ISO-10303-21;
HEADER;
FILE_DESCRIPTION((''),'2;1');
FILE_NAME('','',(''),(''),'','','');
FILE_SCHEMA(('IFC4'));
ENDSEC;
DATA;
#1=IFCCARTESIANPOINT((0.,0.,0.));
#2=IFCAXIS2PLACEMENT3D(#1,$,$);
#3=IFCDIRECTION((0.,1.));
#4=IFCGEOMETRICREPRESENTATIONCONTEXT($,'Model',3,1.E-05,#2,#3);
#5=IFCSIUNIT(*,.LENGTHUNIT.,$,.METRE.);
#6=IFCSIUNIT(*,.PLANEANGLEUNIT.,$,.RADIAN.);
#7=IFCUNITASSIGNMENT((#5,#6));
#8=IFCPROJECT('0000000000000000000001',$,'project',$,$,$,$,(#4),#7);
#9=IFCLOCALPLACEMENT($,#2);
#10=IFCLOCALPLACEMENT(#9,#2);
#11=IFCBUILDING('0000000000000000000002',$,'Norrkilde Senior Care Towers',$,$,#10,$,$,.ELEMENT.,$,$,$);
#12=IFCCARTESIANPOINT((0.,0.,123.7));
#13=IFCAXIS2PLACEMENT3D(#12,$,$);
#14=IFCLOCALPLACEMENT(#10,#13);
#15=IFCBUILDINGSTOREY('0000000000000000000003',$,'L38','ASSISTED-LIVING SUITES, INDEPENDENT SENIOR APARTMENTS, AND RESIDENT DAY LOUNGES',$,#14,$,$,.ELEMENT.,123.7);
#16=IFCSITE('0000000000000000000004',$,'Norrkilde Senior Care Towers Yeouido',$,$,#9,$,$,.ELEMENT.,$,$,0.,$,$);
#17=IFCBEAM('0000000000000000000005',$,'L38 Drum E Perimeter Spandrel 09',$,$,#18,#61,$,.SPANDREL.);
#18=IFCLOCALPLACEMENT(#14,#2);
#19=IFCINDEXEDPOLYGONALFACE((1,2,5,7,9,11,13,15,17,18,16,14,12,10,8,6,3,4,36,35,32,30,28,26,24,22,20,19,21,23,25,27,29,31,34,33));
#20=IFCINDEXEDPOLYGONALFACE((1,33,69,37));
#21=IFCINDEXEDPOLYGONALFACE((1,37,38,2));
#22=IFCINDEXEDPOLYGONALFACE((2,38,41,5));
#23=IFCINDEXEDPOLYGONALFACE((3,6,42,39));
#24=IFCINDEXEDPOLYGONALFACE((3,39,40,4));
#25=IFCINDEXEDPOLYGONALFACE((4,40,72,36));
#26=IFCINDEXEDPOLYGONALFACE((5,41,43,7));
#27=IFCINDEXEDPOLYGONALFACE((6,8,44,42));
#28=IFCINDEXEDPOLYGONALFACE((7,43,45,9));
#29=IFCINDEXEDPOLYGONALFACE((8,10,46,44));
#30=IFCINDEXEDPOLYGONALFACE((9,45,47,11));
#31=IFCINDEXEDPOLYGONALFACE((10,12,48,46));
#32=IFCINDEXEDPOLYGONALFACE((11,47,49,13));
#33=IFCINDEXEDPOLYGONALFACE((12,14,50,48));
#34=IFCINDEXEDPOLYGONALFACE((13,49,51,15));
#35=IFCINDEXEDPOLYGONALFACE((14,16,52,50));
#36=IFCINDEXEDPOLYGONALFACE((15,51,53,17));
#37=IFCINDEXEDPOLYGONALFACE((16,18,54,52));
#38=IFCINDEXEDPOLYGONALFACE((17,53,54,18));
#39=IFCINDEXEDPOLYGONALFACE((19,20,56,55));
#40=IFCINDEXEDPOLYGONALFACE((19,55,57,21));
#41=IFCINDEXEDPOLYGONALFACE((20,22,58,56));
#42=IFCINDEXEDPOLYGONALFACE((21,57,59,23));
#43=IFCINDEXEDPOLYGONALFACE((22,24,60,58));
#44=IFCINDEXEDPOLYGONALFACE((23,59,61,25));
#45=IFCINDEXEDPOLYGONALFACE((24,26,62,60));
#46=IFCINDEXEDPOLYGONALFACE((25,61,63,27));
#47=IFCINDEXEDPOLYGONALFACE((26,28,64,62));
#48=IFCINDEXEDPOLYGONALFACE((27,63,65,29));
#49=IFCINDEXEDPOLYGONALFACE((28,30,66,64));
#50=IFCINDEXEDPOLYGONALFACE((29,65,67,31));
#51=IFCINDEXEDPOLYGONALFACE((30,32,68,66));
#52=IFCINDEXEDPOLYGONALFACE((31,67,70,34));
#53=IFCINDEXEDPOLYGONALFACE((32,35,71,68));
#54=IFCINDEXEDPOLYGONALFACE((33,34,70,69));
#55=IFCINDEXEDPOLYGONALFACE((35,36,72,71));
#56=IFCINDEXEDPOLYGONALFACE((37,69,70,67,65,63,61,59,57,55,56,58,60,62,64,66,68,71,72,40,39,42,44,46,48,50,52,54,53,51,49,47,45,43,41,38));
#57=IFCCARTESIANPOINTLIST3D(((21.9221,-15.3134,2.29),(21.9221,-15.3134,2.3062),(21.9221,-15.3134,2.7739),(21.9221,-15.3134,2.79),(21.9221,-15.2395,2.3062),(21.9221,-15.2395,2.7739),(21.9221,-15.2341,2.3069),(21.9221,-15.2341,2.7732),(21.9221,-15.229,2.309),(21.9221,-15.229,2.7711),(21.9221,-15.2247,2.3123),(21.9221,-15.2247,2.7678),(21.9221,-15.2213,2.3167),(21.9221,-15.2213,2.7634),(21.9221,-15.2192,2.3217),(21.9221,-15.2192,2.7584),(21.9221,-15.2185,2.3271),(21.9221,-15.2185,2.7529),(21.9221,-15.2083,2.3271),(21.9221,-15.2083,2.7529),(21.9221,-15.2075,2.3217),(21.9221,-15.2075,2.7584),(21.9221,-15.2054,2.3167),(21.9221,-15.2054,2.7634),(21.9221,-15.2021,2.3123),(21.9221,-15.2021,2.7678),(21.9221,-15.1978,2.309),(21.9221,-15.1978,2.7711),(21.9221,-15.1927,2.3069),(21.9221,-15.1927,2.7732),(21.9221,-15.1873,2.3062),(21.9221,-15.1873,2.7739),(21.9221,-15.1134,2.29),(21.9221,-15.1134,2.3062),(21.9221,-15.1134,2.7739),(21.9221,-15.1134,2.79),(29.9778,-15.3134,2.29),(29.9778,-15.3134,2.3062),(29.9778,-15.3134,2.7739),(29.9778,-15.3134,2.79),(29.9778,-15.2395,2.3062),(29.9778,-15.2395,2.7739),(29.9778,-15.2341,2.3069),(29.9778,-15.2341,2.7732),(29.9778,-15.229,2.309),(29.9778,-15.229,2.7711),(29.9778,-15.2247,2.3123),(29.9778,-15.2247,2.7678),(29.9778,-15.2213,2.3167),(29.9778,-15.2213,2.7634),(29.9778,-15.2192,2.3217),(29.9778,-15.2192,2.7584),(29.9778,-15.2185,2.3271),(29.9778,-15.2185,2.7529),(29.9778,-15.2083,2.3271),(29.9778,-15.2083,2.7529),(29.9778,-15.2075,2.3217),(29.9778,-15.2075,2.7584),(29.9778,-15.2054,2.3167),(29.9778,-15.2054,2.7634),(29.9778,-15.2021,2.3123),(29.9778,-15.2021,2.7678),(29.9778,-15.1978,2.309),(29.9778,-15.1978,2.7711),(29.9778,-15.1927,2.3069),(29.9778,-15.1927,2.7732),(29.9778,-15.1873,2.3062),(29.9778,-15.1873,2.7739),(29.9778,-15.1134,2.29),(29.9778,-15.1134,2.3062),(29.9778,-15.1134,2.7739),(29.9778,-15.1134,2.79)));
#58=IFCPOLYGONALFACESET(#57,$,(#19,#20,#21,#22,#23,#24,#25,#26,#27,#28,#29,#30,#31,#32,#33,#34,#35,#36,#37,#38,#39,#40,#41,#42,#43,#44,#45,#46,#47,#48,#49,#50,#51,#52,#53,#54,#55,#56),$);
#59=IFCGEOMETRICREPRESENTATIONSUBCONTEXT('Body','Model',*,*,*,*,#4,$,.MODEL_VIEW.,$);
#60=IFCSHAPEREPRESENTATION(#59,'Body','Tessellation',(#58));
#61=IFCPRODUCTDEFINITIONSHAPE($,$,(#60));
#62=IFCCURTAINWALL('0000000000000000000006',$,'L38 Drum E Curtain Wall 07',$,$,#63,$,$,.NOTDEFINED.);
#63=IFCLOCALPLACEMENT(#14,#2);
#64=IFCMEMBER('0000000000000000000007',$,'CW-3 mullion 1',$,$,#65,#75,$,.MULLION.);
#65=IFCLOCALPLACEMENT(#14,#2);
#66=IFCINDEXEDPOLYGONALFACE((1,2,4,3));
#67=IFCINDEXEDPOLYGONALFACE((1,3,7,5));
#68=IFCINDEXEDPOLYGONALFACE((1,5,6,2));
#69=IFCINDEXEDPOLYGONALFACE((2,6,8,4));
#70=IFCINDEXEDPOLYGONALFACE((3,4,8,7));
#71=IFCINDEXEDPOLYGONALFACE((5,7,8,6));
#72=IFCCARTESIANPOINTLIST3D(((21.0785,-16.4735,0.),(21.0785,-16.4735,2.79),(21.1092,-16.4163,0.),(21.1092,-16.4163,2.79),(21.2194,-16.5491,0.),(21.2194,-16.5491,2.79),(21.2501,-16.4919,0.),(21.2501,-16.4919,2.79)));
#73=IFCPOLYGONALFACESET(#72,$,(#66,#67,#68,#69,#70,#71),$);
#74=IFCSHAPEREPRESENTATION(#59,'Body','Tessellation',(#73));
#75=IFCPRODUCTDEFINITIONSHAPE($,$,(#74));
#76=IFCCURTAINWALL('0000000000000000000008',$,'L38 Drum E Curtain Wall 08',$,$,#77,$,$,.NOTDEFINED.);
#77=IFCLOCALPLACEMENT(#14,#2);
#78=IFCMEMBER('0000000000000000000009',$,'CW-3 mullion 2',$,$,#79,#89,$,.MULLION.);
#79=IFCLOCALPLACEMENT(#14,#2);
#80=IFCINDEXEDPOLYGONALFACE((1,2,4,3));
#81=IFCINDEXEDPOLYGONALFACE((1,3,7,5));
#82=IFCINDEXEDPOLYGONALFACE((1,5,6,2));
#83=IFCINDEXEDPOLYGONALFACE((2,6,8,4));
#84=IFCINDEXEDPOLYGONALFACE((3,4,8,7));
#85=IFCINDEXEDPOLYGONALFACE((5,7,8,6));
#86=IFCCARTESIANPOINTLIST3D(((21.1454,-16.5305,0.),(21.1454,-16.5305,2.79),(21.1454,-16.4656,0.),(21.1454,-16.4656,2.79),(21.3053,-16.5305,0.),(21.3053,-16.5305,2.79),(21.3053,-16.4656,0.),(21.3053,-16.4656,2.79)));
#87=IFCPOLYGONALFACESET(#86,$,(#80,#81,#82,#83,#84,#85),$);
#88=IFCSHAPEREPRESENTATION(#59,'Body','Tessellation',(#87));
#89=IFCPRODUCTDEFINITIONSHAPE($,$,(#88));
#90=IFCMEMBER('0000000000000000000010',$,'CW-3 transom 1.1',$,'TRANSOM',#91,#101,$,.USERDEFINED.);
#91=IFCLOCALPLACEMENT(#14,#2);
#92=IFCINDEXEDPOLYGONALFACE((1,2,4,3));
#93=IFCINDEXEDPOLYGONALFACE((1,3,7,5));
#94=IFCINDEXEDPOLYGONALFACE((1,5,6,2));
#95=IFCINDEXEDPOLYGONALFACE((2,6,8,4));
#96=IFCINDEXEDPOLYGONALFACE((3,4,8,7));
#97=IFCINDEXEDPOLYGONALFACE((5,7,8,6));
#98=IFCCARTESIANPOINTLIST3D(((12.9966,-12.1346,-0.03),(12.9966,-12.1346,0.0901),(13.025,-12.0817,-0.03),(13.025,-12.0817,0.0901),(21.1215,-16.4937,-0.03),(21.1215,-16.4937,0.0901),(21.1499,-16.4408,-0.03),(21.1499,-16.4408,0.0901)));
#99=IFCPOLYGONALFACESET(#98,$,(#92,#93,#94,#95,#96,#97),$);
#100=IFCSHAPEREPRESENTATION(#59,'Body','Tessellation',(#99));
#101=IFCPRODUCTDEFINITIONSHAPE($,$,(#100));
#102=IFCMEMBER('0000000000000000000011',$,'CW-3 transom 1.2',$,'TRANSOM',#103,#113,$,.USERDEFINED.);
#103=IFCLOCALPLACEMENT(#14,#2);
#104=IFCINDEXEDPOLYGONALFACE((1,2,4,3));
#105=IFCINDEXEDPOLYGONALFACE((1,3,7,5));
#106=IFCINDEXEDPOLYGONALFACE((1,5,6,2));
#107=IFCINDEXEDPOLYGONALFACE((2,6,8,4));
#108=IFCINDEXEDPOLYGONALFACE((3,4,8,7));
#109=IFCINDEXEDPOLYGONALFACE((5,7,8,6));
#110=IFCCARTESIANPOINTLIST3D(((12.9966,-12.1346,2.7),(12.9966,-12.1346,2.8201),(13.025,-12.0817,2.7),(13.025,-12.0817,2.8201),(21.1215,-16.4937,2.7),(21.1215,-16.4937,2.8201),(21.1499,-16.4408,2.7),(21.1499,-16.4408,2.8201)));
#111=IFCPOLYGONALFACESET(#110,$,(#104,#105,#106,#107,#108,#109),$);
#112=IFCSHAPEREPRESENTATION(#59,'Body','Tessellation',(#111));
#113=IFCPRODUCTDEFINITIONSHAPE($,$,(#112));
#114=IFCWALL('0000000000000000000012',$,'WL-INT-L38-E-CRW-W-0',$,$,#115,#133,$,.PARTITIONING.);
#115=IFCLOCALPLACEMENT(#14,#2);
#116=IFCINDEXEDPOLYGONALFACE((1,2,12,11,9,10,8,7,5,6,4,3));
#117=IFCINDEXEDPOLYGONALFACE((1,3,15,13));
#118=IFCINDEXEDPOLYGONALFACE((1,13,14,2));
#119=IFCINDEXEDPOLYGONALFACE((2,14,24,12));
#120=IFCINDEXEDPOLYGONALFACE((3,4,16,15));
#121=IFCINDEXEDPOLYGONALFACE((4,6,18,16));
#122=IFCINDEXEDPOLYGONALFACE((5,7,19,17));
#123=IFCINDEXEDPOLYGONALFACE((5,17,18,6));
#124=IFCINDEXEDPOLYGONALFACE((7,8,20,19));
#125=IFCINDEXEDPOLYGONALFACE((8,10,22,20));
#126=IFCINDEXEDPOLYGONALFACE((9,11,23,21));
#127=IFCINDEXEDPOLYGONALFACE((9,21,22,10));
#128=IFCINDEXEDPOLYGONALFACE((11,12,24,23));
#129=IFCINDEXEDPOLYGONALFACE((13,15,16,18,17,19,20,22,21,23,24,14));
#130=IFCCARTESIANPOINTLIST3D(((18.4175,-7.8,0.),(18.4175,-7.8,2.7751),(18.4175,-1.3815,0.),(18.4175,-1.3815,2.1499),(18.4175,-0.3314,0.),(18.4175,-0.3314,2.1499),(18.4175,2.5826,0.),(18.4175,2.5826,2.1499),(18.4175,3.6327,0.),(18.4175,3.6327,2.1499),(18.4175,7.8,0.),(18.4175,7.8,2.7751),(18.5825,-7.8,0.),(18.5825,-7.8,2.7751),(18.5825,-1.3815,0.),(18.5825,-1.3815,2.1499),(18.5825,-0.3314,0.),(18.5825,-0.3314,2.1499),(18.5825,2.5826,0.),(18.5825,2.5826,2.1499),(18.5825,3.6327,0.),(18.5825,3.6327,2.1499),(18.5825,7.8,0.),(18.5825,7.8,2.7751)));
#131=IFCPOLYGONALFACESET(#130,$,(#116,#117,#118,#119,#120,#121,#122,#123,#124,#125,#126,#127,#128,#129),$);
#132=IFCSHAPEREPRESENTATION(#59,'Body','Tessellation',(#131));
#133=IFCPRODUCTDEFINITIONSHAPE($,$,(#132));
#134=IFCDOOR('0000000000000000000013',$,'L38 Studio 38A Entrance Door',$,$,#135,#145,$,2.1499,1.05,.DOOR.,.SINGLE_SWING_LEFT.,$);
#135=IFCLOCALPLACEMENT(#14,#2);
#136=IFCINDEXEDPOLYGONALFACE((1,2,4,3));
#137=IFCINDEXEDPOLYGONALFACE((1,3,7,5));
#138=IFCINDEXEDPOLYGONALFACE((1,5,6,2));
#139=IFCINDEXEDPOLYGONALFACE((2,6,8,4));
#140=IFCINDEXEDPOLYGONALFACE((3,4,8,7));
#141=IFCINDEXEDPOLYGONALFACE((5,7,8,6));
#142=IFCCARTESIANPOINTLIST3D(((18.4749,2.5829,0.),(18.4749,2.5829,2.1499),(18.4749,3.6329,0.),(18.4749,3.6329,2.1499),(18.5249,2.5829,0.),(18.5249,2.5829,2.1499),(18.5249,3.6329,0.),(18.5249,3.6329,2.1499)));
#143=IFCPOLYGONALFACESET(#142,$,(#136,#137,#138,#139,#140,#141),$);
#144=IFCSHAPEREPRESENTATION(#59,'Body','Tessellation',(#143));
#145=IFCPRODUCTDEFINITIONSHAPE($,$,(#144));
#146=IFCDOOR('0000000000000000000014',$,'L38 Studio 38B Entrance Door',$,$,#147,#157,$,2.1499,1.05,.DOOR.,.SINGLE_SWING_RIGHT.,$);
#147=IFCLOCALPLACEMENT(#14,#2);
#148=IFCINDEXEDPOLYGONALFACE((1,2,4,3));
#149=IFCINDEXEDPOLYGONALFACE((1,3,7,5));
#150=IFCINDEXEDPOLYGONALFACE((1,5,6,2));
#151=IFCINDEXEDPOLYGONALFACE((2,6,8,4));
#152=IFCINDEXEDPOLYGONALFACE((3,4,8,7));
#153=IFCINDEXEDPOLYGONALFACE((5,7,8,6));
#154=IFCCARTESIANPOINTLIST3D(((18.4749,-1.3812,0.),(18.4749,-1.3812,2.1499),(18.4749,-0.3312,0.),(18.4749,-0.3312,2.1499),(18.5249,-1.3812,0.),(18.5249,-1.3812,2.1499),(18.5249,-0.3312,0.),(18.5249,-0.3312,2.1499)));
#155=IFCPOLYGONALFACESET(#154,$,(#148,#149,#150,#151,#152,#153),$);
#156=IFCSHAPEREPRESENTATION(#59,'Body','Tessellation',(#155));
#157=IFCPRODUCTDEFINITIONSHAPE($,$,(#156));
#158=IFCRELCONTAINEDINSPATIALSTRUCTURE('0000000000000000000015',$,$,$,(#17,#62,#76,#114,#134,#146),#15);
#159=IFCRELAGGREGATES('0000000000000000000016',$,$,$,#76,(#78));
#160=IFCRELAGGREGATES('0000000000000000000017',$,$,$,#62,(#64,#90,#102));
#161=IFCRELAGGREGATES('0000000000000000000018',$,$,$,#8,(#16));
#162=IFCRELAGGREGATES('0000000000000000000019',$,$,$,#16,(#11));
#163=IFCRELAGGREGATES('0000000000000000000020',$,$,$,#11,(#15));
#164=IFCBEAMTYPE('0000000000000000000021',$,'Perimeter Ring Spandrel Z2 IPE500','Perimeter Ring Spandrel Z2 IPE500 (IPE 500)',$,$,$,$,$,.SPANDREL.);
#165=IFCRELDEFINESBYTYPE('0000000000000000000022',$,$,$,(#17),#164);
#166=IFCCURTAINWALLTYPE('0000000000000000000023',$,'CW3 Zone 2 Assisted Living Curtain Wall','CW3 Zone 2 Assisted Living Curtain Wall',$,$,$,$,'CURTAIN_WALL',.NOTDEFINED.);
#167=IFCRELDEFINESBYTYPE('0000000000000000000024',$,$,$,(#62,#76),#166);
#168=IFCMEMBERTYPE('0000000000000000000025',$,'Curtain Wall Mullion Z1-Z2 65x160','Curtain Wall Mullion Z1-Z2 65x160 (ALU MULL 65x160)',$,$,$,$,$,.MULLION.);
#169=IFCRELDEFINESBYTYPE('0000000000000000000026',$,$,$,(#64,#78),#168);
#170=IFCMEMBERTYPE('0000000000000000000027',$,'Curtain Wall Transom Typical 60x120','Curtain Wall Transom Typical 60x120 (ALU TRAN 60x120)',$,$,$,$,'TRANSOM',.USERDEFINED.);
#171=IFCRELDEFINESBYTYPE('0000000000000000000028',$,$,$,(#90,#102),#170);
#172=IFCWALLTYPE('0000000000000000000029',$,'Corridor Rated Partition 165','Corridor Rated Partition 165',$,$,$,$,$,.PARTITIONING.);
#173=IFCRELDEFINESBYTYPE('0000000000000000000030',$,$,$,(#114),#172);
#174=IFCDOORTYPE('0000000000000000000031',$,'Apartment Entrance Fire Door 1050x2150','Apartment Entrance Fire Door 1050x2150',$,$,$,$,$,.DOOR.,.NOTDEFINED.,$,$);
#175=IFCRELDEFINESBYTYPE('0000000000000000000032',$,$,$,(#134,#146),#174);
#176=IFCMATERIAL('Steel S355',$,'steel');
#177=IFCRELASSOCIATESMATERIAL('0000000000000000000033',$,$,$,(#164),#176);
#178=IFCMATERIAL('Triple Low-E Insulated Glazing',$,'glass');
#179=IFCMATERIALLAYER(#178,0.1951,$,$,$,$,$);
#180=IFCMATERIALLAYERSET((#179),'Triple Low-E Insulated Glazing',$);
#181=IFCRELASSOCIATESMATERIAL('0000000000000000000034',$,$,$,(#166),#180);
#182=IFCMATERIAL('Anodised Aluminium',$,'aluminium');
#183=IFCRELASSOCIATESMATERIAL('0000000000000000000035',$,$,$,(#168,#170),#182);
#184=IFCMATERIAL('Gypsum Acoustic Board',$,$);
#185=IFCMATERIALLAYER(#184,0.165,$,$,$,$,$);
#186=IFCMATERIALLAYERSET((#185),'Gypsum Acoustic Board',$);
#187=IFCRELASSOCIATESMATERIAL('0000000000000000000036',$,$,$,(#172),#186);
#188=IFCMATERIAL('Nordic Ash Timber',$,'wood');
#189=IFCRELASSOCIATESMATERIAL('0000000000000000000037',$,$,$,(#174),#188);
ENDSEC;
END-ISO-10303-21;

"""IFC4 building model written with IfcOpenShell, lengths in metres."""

from ifc_helpers import new_model, si_unit, direction, frame, frame_2d, origin, origin_2d, place, context, subcontext, project, spatial, rectangle, i_section, extrude, source, transform, mapped, material, layer, layer_set, material_profile, profile_set, type_object, type_shapes, element, fill, aggregate, save


model = new_model("IFC4")

# Units and contexts
model_context = context("Model", 3, precision=1e-05, world=origin(), true_north=direction((0.0, 1.0)))
body_context = subcontext(model_context, "Body", "Model", "MODEL_VIEW")
ifc_project = project(units=[si_unit("LENGTHUNIT", "METRE"), si_unit("PLANEANGLEUNIT", "RADIAN")], contexts=[model_context])

# Site, building, storey
site_placement = place(None, origin())
site = spatial("IfcSite", under=ifc_project, at=site_placement, Name="Norrkilde Senior Care Towers Yeouido", CompositionType="ELEMENT", RefElevation=0.0)
building_placement = place(site_placement, origin())
building = spatial("IfcBuilding", under=site, at=building_placement, Name="Norrkilde Senior Care Towers", CompositionType="ELEMENT")
storey_placement = place(building_placement, frame((0.0, 0.0, 123.7)))
storey = spatial("IfcBuildingStorey", under=building, at=storey_placement, Name="L38", Description="ASSISTED-LIVING SUITES, INDEPENDENT SENIOR APARTMENTS, AND RESIDENT DAY LOUNGES", CompositionType="ELEMENT", Elevation=123.7)

# Beam
ifc_material_1 = material(Name="Steel S355", Category="steel")
ifc_material_profile_1 = material_profile(ifc_material_1, i_section(OverallWidth=0.2, OverallDepth=0.5, WebThickness=0.0103, FlangeThickness=0.0161, FilletRadius=0.021, at=origin_2d()), Name="IPE 500")
ifc_profile_set_1 = profile_set([ifc_material_profile_1], Name="Steel S355")
beam_type_1 = type_object("IfcBeamType", Name="Perimeter Ring Spandrel Z2 IPE500", Description="Perimeter Ring Spandrel Z2 IPE500 (IPE 500)", PredefinedType="SPANDREL", material=ifc_profile_set_1)
shared_shape_1 = source(origin(), body_context, "Body", "SweptSolid", [
    extrude(i_section(OverallWidth=0.2, OverallDepth=0.5, WebThickness=0.0103, FlangeThickness=0.0161, FilletRadius=0.021, at=origin_2d()), origin(), (0.0, 0.0, 1.0), 8.0557),
])
type_shapes(beam_type_1, [shared_shape_1])
beam_1_placement = place(storey_placement, frame((21.9221, -15.2134, 2.54), z_axis=(1.0, 0.0, 0.0), x_axis=(0.0, 1.0, 0.0)))
element("IfcBeam", 1, at=beam_1_placement, inside=storey, type_object=beam_type_1, Name="L38 Drum E Perimeter Spandrel 09", PredefinedType="SPANDREL", context=body_context, shape_type="MappedRepresentation", body=[
    mapped(shared_shape_1, transform((0.0, 0.0, 0.0), x_axis=(1.0, 0.0, 0.0), y_axis=(0.0, 1.0, 0.0), z_axis=(0.0, 0.0, 1.0), scale=1.0)),
])

# Curtain walls, members
ifc_material_2 = material(Name="Triple Low-E Insulated Glazing", Category="glass")
ifc_layer_1 = layer(ifc_material_2, 0.1951)
ifc_layer_set_1 = layer_set([ifc_layer_1], Name="Triple Low-E Insulated Glazing")
curtain_wall_type = type_object("IfcCurtainWallType", Name="CW3 Zone 2 Assisted Living Curtain Wall", Description="CW3 Zone 2 Assisted Living Curtain Wall", ElementType="CURTAIN_WALL", PredefinedType="NOTDEFINED", material=ifc_layer_set_1)
curtain_wall_1_placement = place(storey_placement, origin())
curtain_wall_1 = element("IfcCurtainWall", 2, at=curtain_wall_1_placement, inside=storey, type_object=curtain_wall_type, Name="L38 Drum E Curtain Wall 07", PredefinedType="NOTDEFINED")
ifc_material_3 = material(Name="Anodised Aluminium", Category="aluminium")
ifc_material_profile_2 = material_profile(ifc_material_3, rectangle(XDim=0.0649, YDim=0.1599, at=origin_2d()), Name="ALU MULL 65x160")
ifc_profile_set_2 = profile_set([ifc_material_profile_2], Name="Anodised Aluminium")
member_type_1 = type_object("IfcMemberType", Name="Curtain Wall Mullion Z1-Z2 65x160", Description="Curtain Wall Mullion Z1-Z2 65x160 (ALU MULL 65x160)", PredefinedType="MULLION", material=ifc_profile_set_2)
shared_shape_2 = source(origin(), body_context, "Body", "SweptSolid", [
    extrude(rectangle(XDim=0.0649, YDim=0.1599, at=origin_2d()), origin(), (0.0, 0.0, 1.0), 2.79),
])
type_shapes(member_type_1, [shared_shape_2])
member_1_placement = place(storey_placement, frame((21.1643, -16.4827, 0.0), z_axis=(0.0, 0.0, 1.0), x_axis=(-0.472769, -0.881186, 0.0)))
member_1 = element("IfcMember", 3, at=member_1_placement, type_object=member_type_1, Name="CW-3 mullion 1", PredefinedType="MULLION", context=body_context, shape_type="MappedRepresentation", body=[
    mapped(shared_shape_2, transform((0.0, 0.0, 0.0), x_axis=(1.0, 0.0, 0.0), y_axis=(0.0, 1.0, 0.0), z_axis=(0.0, 0.0, 1.0), scale=1.0)),
])
curtain_wall_2_placement = place(storey_placement, origin())
curtain_wall_2 = element("IfcCurtainWall", 4, at=curtain_wall_2_placement, inside=storey, type_object=curtain_wall_type, Name="L38 Drum E Curtain Wall 08", PredefinedType="NOTDEFINED")
member_2_placement = place(storey_placement, frame((21.2253, -16.498, 0.0), z_axis=(0.0, 0.0, 1.0), x_axis=(0.0, -1.0, 0.0)))
member_2 = element("IfcMember", 5, at=member_2_placement, type_object=member_type_1, Name="CW-3 mullion 2", PredefinedType="MULLION", context=body_context, shape_type="MappedRepresentation", body=[
    mapped(shared_shape_2, transform((0.0, 0.0, 0.0), x_axis=(1.0, 0.0, 0.0), y_axis=(0.0, 1.0, 0.0), z_axis=(0.0, 0.0, 1.0), scale=1.0)),
])
aggregate(curtain_wall_2, [member_2])

# Members
ifc_material_profile_3 = material_profile(ifc_material_3, rectangle(XDim=0.0601, YDim=0.1201, at=origin_2d()), Name="ALU TRAN 60x120")
ifc_profile_set_3 = profile_set([ifc_material_profile_3], Name="Anodised Aluminium")
member_type_2 = type_object("IfcMemberType", Name="Curtain Wall Transom Typical 60x120", Description="Curtain Wall Transom Typical 60x120 (ALU TRAN 60x120)", ElementType="TRANSOM", PredefinedType="USERDEFINED", material=ifc_profile_set_3)
shared_shape_3 = source(origin(), body_context, "Body", "SweptSolid", [
    extrude(rectangle(XDim=0.0601, YDim=0.1201, at=origin_2d()), origin(), (0.0, 0.0, 1.0), 9.2205),
])
type_shapes(member_type_2, [shared_shape_3])
member_3_placement = place(storey_placement, frame((21.1357, -16.4673, 0.03), z_axis=(-0.881189, 0.472765, 0.0), x_axis=(-0.472765, -0.881189, 0.0)))
member_3 = element("IfcMember", 6, at=member_3_placement, type_object=member_type_2, Name="CW-3 transom 1.1", ObjectType="TRANSOM", PredefinedType="USERDEFINED", context=body_context, shape_type="MappedRepresentation", body=[
    mapped(shared_shape_3, transform((0.0, 0.0, 0.0), x_axis=(1.0, 0.0, 0.0), y_axis=(0.0, 1.0, 0.0), z_axis=(0.0, 0.0, 1.0), scale=1.0)),
])
member_4_placement = place(storey_placement, frame((21.1357, -16.4673, 2.76), z_axis=(-0.881189, 0.472765, 0.0), x_axis=(-0.472765, -0.881189, 0.0)))
member_4 = element("IfcMember", 7, at=member_4_placement, type_object=member_type_2, Name="CW-3 transom 1.2", ObjectType="TRANSOM", PredefinedType="USERDEFINED", context=body_context, shape_type="MappedRepresentation", body=[
    mapped(shared_shape_3, transform((0.0, 0.0, 0.0), x_axis=(1.0, 0.0, 0.0), y_axis=(0.0, 1.0, 0.0), z_axis=(0.0, 0.0, 1.0), scale=1.0)),
])
aggregate(curtain_wall_1, [member_1, member_3, member_4])

# Wall, openings, doors
ifc_material_4 = material(Name="Gypsum Acoustic Board")
ifc_layer_2 = layer(ifc_material_4, 0.165)
ifc_layer_set_2 = layer_set([ifc_layer_2], Name="Gypsum Acoustic Board")
wall_type_1 = type_object("IfcWallType", Name="Corridor Rated Partition 165", Description="Corridor Rated Partition 165", PredefinedType="PARTITIONING", material=ifc_layer_set_2)
shared_shape_4 = source(origin(), body_context, "Body", "SweptSolid", [
    extrude(rectangle(XDim=15.6001, YDim=0.165, at=frame_2d((7.8, 0.0))), origin(), (0.0, 0.0, 1.0), 2.7751),
])
wall_1_placement = place(storey_placement, frame((18.5, -7.8, 0.0), z_axis=(0.0, 0.0, 1.0), x_axis=(0.0, 1.0, 0.0)))
wall_1 = element("IfcWall", 8, at=wall_1_placement, inside=storey, type_object=wall_type_1, Name="WL-INT-L38-E-CRW-W-0", PredefinedType="PARTITIONING", context=body_context, shape_type="MappedRepresentation", body=[
    mapped(shared_shape_4, transform((0.0, 0.0, 0.0), x_axis=(1.0, 0.0, 0.0), y_axis=(0.0, 1.0, 0.0), z_axis=(0.0, 0.0, 1.0), scale=1.0)),
])
opening_1_placement = place(wall_1_placement, frame((10.3828, 0.0, 0.0)))
opening_1 = element("IfcOpeningElement", 9, at=opening_1_placement, cuts=wall_1, PredefinedType="OPENING", context=body_context, shape_type="SweptSolid", body=[
    extrude(rectangle(XDim=1.05, YDim=2.1499, at=frame_2d((0.5249, 1.075))), frame((0.0, 0.0925, 0.0), z_axis=(0.0, -1.0, 0.0), x_axis=(1.0, 0.0, 0.0)), (0.0, 0.0, 1.0), 0.1851),
])
opening_2_placement = place(wall_1_placement, frame((6.4187, 0.0, 0.0)))
opening_2 = element("IfcOpeningElement", 10, at=opening_2_placement, cuts=wall_1, PredefinedType="OPENING", context=body_context, shape_type="SweptSolid", body=[
    extrude(rectangle(XDim=1.05, YDim=2.1499, at=frame_2d((0.5249, 1.075))), frame((0.0, 0.0925, 0.0), z_axis=(0.0, -1.0, 0.0), x_axis=(1.0, 0.0, 0.0)), (0.0, 0.0, 1.0), 0.1851),
])
ifc_material_5 = material(Name="Nordic Ash Timber", Category="wood")
door_type_1 = type_object("IfcDoorType", Name="Apartment Entrance Fire Door 1050x2150", Description="Apartment Entrance Fire Door 1050x2150", OperationType="NOTDEFINED", PredefinedType="DOOR", material=ifc_material_5)
shared_shape_5 = source(origin(), body_context, "Body", "SweptSolid", [
    extrude(rectangle(XDim=1.05, YDim=2.1499, at=frame_2d((0.5249, 1.075))), frame((0.0, 0.0249, 0.0), z_axis=(0.0, -1.0, 0.0), x_axis=(1.0, 0.0, 0.0)), (0.0, 0.0, 1.0), 0.05),
])
type_shapes(door_type_1, [shared_shape_5])
door_1_placement = place(opening_1_placement, frame((1.05, 0.0, 0.0), z_axis=(0.0, 0.0, 1.0), x_axis=(-1.0, 0.0, 0.0)))
door_1 = element("IfcDoor", 11, at=door_1_placement, inside=storey, type_object=door_type_1, Name="L38 Studio 38A Entrance Door", OperationType="SINGLE_SWING_LEFT", OverallHeight=2.1499, OverallWidth=1.05, PredefinedType="DOOR", context=body_context, shape_type="MappedRepresentation", body=[
    mapped(shared_shape_5, transform((0.0, 0.0, 0.0), x_axis=(1.0, 0.0, 0.0), y_axis=(0.0, 1.0, 0.0), z_axis=(0.0, 0.0, 1.0), scale=1.0)),
])
fill(opening_1, door_1)
door_2_placement = place(opening_2_placement, frame((1.05, 0.0, 0.0), z_axis=(0.0, 0.0, 1.0), x_axis=(-1.0, 0.0, 0.0)))
door_2 = element("IfcDoor", 12, at=door_2_placement, inside=storey, type_object=door_type_1, Name="L38 Studio 38B Entrance Door", OperationType="SINGLE_SWING_RIGHT", OverallHeight=2.1499, OverallWidth=1.05, PredefinedType="DOOR", context=body_context, shape_type="MappedRepresentation", body=[
    mapped(shared_shape_5, transform((0.0, 0.0, 0.0), x_axis=(1.0, 0.0, 0.0), y_axis=(0.0, 1.0, 0.0), z_axis=(0.0, 0.0, 1.0), scale=1.0)),
])
fill(opening_2, door_2)

save(model, "model.ifc")
